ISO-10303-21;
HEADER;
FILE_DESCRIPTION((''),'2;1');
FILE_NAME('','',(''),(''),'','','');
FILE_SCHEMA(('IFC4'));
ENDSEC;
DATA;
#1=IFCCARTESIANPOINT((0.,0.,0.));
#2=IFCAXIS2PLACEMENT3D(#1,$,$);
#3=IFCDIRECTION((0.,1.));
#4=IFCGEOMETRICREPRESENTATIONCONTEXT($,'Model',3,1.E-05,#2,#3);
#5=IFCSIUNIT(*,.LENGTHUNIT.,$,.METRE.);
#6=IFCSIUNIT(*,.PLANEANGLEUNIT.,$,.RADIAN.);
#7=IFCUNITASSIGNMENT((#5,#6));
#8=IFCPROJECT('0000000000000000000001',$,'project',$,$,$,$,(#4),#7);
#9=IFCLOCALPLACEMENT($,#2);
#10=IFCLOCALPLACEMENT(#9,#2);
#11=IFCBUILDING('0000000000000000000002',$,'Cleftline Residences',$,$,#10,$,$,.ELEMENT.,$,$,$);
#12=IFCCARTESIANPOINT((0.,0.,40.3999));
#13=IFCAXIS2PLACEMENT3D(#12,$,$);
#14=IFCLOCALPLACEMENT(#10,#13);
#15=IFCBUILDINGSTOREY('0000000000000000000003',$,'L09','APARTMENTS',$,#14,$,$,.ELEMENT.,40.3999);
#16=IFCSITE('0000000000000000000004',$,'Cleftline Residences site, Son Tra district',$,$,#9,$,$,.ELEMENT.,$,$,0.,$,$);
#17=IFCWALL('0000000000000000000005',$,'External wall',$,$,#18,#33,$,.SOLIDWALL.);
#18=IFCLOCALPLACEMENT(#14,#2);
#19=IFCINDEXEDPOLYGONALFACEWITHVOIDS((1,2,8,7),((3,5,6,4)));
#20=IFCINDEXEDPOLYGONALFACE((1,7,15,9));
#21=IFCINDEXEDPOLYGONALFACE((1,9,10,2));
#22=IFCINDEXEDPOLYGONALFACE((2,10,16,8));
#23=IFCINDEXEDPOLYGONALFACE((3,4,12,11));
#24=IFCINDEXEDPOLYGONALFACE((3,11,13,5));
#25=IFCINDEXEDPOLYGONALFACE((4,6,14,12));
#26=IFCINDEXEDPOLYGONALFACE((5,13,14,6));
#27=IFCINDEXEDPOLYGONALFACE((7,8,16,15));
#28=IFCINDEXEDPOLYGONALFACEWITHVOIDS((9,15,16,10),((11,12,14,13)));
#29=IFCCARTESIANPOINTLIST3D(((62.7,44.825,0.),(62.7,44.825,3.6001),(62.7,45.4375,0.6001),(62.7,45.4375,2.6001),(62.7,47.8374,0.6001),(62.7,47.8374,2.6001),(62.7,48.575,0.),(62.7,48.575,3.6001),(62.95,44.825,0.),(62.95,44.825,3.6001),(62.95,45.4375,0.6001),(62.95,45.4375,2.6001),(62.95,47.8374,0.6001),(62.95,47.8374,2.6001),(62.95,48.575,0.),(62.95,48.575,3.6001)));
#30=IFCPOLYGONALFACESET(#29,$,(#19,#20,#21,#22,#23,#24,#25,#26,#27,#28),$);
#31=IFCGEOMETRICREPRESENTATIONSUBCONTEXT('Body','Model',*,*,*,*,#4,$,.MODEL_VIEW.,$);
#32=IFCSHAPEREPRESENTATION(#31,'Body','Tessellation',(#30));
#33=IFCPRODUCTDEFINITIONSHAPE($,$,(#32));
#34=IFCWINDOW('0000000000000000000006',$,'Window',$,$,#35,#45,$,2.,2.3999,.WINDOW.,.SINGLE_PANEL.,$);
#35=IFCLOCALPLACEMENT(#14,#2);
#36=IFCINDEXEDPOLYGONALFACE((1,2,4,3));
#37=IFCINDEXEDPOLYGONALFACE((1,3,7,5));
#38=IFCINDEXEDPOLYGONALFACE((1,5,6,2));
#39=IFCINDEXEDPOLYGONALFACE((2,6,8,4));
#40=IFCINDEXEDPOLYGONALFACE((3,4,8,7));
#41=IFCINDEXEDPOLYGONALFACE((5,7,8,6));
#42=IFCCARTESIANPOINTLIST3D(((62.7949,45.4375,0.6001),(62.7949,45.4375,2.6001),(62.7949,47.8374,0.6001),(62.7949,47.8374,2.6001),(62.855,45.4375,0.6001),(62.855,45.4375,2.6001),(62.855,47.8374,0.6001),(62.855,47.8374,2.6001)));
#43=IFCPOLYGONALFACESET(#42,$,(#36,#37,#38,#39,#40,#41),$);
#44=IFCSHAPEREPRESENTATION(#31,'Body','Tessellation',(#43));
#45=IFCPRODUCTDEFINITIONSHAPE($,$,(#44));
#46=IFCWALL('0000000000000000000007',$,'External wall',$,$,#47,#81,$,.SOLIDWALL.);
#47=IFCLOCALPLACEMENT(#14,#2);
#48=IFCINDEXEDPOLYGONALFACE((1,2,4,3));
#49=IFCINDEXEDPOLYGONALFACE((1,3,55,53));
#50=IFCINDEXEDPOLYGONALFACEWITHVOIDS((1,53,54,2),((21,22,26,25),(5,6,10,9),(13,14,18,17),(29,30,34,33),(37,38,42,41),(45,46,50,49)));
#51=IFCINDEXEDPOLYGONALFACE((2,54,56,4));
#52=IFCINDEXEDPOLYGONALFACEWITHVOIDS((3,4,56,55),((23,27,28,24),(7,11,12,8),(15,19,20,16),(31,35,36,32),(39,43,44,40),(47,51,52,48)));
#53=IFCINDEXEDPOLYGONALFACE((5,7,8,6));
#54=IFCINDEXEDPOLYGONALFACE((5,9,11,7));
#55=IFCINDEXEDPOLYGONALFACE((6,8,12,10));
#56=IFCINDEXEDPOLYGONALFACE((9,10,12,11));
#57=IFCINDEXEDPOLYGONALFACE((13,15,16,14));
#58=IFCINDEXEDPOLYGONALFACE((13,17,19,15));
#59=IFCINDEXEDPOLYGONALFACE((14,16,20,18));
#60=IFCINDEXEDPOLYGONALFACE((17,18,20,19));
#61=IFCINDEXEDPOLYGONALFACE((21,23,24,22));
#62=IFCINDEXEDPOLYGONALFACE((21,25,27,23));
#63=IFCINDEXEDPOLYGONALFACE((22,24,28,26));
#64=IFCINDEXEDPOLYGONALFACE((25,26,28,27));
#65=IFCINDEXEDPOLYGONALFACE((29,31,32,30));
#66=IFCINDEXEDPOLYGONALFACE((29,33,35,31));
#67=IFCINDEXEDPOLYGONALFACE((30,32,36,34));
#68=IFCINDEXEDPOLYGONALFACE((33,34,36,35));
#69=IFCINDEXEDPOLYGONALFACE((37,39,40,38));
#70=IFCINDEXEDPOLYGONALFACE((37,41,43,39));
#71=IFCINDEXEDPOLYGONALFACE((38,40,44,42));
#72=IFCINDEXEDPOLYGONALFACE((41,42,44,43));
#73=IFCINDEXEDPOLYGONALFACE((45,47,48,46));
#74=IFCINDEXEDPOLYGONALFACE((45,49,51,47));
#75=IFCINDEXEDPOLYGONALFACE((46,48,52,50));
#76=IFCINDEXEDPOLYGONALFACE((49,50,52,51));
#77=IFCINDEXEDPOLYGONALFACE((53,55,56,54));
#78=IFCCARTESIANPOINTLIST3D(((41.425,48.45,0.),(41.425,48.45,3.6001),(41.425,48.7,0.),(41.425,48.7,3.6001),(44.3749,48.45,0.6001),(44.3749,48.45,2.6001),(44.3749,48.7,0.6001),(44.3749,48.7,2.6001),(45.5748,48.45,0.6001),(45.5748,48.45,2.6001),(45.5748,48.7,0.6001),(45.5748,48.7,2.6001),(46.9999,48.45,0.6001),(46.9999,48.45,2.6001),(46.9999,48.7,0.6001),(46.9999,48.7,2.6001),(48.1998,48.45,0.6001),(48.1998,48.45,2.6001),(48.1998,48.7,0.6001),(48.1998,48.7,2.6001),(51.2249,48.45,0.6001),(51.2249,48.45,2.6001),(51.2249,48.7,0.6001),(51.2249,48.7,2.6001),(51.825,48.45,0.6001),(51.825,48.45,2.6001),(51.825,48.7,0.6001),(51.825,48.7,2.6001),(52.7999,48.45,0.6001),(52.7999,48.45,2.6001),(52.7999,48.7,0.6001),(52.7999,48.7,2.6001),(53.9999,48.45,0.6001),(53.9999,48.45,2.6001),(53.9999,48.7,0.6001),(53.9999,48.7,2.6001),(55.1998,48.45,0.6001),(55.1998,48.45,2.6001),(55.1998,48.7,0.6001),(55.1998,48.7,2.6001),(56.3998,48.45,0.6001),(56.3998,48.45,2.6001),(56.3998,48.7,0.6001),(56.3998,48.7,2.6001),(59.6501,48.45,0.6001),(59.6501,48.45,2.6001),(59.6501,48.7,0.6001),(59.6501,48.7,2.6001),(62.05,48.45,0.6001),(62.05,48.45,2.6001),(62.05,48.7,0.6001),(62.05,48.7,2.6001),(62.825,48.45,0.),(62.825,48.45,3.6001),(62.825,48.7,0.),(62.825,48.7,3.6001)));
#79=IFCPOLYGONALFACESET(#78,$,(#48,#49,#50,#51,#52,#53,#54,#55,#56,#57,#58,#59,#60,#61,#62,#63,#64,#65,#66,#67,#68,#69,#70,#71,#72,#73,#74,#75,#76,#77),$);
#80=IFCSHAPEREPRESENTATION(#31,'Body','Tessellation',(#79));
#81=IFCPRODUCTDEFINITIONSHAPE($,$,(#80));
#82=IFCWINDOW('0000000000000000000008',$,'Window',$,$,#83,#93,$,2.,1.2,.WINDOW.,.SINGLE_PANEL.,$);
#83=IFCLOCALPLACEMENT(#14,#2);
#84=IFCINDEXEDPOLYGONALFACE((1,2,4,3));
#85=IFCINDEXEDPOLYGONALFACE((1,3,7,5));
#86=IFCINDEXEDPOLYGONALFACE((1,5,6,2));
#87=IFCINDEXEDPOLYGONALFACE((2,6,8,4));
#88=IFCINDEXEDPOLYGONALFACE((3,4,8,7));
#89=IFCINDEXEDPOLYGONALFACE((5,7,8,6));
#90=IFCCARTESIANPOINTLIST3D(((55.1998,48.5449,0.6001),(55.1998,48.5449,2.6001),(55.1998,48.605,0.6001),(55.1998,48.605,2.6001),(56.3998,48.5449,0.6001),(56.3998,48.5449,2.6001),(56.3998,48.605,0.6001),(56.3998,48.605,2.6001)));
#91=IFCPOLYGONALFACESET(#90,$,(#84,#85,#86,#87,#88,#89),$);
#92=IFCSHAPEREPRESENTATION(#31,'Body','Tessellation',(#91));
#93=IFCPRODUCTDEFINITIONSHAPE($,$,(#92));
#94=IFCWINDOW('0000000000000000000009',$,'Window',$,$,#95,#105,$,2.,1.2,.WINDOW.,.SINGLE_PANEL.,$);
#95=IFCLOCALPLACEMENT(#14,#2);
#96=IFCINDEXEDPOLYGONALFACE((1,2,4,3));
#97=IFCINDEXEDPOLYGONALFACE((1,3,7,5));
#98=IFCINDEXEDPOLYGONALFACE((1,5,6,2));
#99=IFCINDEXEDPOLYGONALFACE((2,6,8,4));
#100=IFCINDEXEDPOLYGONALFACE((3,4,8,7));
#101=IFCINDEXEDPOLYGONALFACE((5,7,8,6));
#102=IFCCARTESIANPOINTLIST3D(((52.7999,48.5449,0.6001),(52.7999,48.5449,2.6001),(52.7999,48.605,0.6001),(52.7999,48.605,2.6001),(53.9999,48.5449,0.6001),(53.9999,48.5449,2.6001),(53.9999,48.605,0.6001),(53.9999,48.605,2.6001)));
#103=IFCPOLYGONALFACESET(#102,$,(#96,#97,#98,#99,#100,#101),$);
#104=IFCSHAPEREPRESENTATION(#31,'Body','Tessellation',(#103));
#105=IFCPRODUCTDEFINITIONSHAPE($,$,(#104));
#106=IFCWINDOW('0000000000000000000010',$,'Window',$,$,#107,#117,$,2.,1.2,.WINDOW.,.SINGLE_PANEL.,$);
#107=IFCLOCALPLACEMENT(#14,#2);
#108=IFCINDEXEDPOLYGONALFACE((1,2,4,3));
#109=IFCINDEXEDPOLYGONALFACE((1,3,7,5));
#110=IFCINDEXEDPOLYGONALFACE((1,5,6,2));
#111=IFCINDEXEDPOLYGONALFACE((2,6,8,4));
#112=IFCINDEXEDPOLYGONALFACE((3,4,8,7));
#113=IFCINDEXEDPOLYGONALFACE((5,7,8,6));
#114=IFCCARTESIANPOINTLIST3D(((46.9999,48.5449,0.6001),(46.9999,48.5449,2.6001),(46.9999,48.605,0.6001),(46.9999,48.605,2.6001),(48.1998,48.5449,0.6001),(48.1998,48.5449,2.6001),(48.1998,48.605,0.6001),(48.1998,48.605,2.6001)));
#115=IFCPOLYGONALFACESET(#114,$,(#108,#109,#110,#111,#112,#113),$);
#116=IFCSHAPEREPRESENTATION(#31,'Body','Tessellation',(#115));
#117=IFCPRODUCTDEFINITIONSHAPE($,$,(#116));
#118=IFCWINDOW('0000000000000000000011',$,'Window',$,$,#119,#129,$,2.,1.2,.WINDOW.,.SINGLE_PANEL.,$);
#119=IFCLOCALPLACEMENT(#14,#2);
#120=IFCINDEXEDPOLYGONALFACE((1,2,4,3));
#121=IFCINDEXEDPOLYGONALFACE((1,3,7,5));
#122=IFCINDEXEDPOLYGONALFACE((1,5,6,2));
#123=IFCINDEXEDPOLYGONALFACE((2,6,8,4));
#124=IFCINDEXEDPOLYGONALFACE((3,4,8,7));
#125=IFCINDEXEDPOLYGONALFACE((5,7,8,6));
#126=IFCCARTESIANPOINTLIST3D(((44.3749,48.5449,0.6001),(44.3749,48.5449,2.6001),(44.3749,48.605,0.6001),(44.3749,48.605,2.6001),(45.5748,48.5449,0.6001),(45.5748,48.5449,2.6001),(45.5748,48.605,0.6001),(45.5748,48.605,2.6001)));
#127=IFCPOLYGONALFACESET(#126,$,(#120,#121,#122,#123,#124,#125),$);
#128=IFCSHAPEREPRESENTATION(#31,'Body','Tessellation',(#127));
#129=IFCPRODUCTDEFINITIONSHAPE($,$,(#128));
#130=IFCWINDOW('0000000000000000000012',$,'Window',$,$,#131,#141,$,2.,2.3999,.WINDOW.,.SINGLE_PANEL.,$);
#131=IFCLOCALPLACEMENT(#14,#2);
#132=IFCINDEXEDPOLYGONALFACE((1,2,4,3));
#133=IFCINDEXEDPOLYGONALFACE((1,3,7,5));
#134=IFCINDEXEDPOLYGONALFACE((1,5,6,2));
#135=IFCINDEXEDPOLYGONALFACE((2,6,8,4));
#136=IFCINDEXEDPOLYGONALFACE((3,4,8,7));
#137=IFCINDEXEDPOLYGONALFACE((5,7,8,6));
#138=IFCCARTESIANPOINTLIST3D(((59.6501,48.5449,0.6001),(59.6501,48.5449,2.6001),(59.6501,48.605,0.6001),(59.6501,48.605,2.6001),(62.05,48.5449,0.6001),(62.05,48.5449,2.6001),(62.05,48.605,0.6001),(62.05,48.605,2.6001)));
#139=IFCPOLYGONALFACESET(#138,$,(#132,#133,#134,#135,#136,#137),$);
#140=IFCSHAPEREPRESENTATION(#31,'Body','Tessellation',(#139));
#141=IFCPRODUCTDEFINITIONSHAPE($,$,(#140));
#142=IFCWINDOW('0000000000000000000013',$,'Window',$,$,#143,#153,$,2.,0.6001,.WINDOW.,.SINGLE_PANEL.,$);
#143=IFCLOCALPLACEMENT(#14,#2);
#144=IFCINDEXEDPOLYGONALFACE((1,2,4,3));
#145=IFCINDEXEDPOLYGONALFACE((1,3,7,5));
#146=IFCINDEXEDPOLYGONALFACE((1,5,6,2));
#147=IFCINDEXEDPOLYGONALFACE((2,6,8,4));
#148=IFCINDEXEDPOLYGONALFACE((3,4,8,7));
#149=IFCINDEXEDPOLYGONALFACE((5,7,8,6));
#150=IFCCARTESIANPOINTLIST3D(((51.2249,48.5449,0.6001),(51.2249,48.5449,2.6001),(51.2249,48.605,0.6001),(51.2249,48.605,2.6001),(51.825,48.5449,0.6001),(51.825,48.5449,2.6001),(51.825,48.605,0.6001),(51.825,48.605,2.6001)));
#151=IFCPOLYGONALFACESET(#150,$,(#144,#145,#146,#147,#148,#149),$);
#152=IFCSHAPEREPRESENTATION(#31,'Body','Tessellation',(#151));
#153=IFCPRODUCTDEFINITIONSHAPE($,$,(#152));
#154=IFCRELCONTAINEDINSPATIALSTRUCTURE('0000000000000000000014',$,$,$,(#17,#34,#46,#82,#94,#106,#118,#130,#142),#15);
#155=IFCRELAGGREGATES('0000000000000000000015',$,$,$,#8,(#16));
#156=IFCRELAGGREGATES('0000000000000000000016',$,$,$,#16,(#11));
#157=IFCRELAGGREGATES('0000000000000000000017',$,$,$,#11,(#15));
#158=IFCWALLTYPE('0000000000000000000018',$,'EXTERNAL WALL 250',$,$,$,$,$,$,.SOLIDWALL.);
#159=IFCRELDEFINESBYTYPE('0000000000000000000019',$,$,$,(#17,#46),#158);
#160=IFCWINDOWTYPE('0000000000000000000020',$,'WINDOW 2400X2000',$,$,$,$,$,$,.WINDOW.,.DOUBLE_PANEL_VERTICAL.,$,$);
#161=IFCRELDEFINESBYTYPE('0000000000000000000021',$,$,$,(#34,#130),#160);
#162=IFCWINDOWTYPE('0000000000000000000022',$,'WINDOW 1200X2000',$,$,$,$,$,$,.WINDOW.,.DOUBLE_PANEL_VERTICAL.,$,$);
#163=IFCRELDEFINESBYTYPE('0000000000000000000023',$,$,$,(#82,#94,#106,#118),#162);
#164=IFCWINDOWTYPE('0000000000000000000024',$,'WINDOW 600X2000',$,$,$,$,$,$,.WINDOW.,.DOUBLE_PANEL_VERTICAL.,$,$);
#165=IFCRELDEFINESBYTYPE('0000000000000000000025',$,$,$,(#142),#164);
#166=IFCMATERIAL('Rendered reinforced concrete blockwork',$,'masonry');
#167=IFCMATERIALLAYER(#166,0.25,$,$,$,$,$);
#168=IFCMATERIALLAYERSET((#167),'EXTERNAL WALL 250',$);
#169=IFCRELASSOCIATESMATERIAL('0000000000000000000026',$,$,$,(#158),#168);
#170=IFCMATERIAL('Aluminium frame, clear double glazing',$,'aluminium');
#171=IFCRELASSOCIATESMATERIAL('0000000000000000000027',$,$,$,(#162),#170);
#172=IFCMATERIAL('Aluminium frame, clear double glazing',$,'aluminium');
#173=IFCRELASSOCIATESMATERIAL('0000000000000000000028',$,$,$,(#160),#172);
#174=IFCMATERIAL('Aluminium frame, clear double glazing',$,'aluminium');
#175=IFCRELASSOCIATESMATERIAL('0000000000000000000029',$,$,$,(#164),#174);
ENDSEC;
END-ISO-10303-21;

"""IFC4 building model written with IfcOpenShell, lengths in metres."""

from ifc_helpers import new_model, si_unit, direction, frame, frame_2d, origin, place, context, subcontext, project, spatial, rectangle, extrude, material, layer, layer_set, type_object, element, fill, save


model = new_model("IFC4")

# Units and contexts
model_context = context("Model", 3, precision=1e-05, world=origin(), true_north=direction((0.0, 1.0)))
body_context = subcontext(model_context, "Body", "Model", "MODEL_VIEW")
ifc_project = project(units=[si_unit("LENGTHUNIT", "METRE"), si_unit("PLANEANGLEUNIT", "RADIAN")], contexts=[model_context])

# Site, building, storey
site_placement = place(None, origin())
site = spatial("IfcSite", under=ifc_project, at=site_placement, Name="Cleftline Residences site, Son Tra district", CompositionType="ELEMENT", RefElevation=0.0)
building_placement = place(site_placement, origin())
building = spatial("IfcBuilding", under=site, at=building_placement, Name="Cleftline Residences", CompositionType="ELEMENT")
storey_placement = place(building_placement, frame((0.0, 0.0, 40.3999)))
storey = spatial("IfcBuildingStorey", under=building, at=storey_placement, Name="L09", Description="APARTMENTS", CompositionType="ELEMENT", Elevation=40.3999)

# Shared definitions
ifc_material_1 = material(Name="Rendered reinforced concrete blockwork", Category="masonry")
ifc_layer_1 = layer(ifc_material_1, 0.25)
ifc_layer_set_1 = layer_set([ifc_layer_1], Name="EXTERNAL WALL 250")
wall_type_1 = type_object("IfcWallType", Name="EXTERNAL WALL 250", PredefinedType="SOLIDWALL", material=ifc_layer_set_1)
ifc_material_2 = material(Name="Aluminium frame, clear double glazing", Category="aluminium")
window_type_1 = type_object("IfcWindowType", Name="WINDOW 1200X2000", PartitioningType="DOUBLE_PANEL_VERTICAL", PredefinedType="WINDOW", material=ifc_material_2)

# Wall, opening, window
wall_1_placement = place(storey_placement, frame((62.825, 44.825, 0.0), z_axis=(0.0, 0.0, 1.0), x_axis=(0.0, 1.0, 0.0)))
wall_1 = element("IfcWall", 1, at=wall_1_placement, inside=storey, type_object=wall_type_1, Name="External wall", PredefinedType="SOLIDWALL", context=body_context, shape_type="SweptSolid", body=[
    extrude(rectangle(XDim=3.75, YDim=0.25, at=frame_2d((1.875, 0.0))), origin(), (0.0, 0.0, 1.0), 3.6001),
])
opening_1_placement = place(wall_1_placement, frame((0.6125, 0.0, 0.6001)))
opening_1 = element("IfcOpeningElement", 2, at=opening_1_placement, cuts=wall_1, PredefinedType="OPENING", context=body_context, shape_type="SweptSolid", body=[
    extrude(rectangle(XDim=2.3999, YDim=2.0, at=frame_2d((1.2, 1.0))), frame((0.0, 0.135, 0.0), z_axis=(0.0, -1.0, 0.0), x_axis=(1.0, 0.0, 0.0)), (0.0, 0.0, 1.0), 0.27),
])
ifc_material_3 = material(Name="Aluminium frame, clear double glazing", Category="aluminium")
window_type_2 = type_object("IfcWindowType", Name="WINDOW 2400X2000", PartitioningType="DOUBLE_PANEL_VERTICAL", PredefinedType="WINDOW", material=ifc_material_3)
window_1_placement = place(opening_1_placement, origin())
window_1 = element("IfcWindow", 3, at=window_1_placement, inside=storey, type_object=window_type_2, Name="Window", OverallHeight=2.0, OverallWidth=2.3999, PartitioningType="SINGLE_PANEL", PredefinedType="WINDOW", context=body_context, shape_type="SweptSolid", body=[
    extrude(rectangle(XDim=2.3999, YDim=2.0, at=frame_2d((1.2, 1.0))), frame((0.0, 0.03, 0.0), z_axis=(0.0, -1.0, 0.0), x_axis=(1.0, 0.0, 0.0)), (0.0, 0.0, 1.0), 0.0601),
])
fill(opening_1, window_1)

# Wall, openings, windows
wall_2_placement = place(storey_placement, frame((62.825, 48.575, 0.0), z_axis=(0.0, 0.0, 1.0), x_axis=(-1.0, 0.0, 0.0)))
wall_2 = element("IfcWall", 4, at=wall_2_placement, inside=storey, type_object=wall_type_1, Name="External wall", PredefinedType="SOLIDWALL", context=body_context, shape_type="SweptSolid", body=[
    extrude(rectangle(XDim=21.3999, YDim=0.25, at=frame_2d((10.7, 0.0))), origin(), (0.0, 0.0, 1.0), 3.6001),
])
opening_2_placement = place(wall_2_placement, frame((0.7749, 0.0, 0.6001)))
opening_2 = element("IfcOpeningElement", 5, at=opening_2_placement, cuts=wall_2, PredefinedType="OPENING", context=body_context, shape_type="SweptSolid", body=[
    extrude(rectangle(XDim=2.3999, YDim=2.0, at=frame_2d((1.2, 1.0))), frame((0.0, 0.135, 0.0), z_axis=(0.0, -1.0, 0.0), x_axis=(1.0, 0.0, 0.0)), (0.0, 0.0, 1.0), 0.27),
])
opening_3_placement = place(wall_2_placement, frame((6.425, 0.0, 0.6001)))
opening_3 = element("IfcOpeningElement", 6, at=opening_3_placement, cuts=wall_2, PredefinedType="OPENING", context=body_context, shape_type="SweptSolid", body=[
    extrude(rectangle(XDim=1.2, YDim=2.0, at=frame_2d((0.6001, 1.0))), frame((0.0, 0.135, 0.0), z_axis=(0.0, -1.0, 0.0), x_axis=(1.0, 0.0, 0.0)), (0.0, 0.0, 1.0), 0.27),
])
opening_4_placement = place(wall_2_placement, frame((8.825, 0.0, 0.6001)))
opening_4 = element("IfcOpeningElement", 7, at=opening_4_placement, cuts=wall_2, PredefinedType="OPENING", context=body_context, shape_type="SweptSolid", body=[
    extrude(rectangle(XDim=1.2, YDim=2.0, at=frame_2d((0.6001, 1.0))), frame((0.0, 0.135, 0.0), z_axis=(0.0, -1.0, 0.0), x_axis=(1.0, 0.0, 0.0)), (0.0, 0.0, 1.0), 0.27),
])
opening_5_placement = place(wall_2_placement, frame((11.0, 0.0, 0.6001)))
opening_5 = element("IfcOpeningElement", 8, at=opening_5_placement, cuts=wall_2, PredefinedType="OPENING", context=body_context, shape_type="SweptSolid", body=[
    extrude(rectangle(XDim=0.6001, YDim=2.0, at=frame_2d((0.3, 1.0))), frame((0.0, 0.135, 0.0), z_axis=(0.0, -1.0, 0.0), x_axis=(1.0, 0.0, 0.0)), (0.0, 0.0, 1.0), 0.27),
])
opening_6_placement = place(wall_2_placement, frame((14.625, 0.0, 0.6001)))
opening_6 = element("IfcOpeningElement", 9, at=opening_6_placement, cuts=wall_2, PredefinedType="OPENING", context=body_context, shape_type="SweptSolid", body=[
    extrude(rectangle(XDim=1.2, YDim=2.0, at=frame_2d((0.6001, 1.0))), frame((0.0, 0.135, 0.0), z_axis=(0.0, -1.0, 0.0), x_axis=(1.0, 0.0, 0.0)), (0.0, 0.0, 1.0), 0.27),
])
opening_7_placement = place(wall_2_placement, frame((17.25, 0.0, 0.6001)))
opening_7 = element("IfcOpeningElement", 10, at=opening_7_placement, cuts=wall_2, PredefinedType="OPENING", context=body_context, shape_type="SweptSolid", body=[
    extrude(rectangle(XDim=1.2, YDim=2.0, at=frame_2d((0.6001, 1.0))), frame((0.0, 0.135, 0.0), z_axis=(0.0, -1.0, 0.0), x_axis=(1.0, 0.0, 0.0)), (0.0, 0.0, 1.0), 0.27),
])
window_2_placement = place(opening_3_placement, origin())
window_2 = element("IfcWindow", 11, at=window_2_placement, inside=storey, type_object=window_type_1, Name="Window", OverallHeight=2.0, OverallWidth=1.2, PartitioningType="SINGLE_PANEL", PredefinedType="WINDOW", context=body_context, shape_type="SweptSolid", body=[
    extrude(rectangle(XDim=1.2, YDim=2.0, at=frame_2d((0.6001, 1.0))), frame((0.0, 0.03, 0.0), z_axis=(0.0, -1.0, 0.0), x_axis=(1.0, 0.0, 0.0)), (0.0, 0.0, 1.0), 0.0601),
])
fill(opening_3, window_2)
window_3_placement = place(opening_4_placement, origin())
window_3 = element("IfcWindow", 12, at=window_3_placement, inside=storey, type_object=window_type_1, Name="Window", OverallHeight=2.0, OverallWidth=1.2, PartitioningType="SINGLE_PANEL", PredefinedType="WINDOW", context=body_context, shape_type="SweptSolid", body=[
    extrude(rectangle(XDim=1.2, YDim=2.0, at=frame_2d((0.6001, 1.0))), frame((0.0, 0.03, 0.0), z_axis=(0.0, -1.0, 0.0), x_axis=(1.0, 0.0, 0.0)), (0.0, 0.0, 1.0), 0.0601),
])
fill(opening_4, window_3)
window_4_placement = place(opening_6_placement, origin())
window_4 = element("IfcWindow", 13, at=window_4_placement, inside=storey, type_object=window_type_1, Name="Window", OverallHeight=2.0, OverallWidth=1.2, PartitioningType="SINGLE_PANEL", PredefinedType="WINDOW", context=body_context, shape_type="SweptSolid", body=[
    extrude(rectangle(XDim=1.2, YDim=2.0, at=frame_2d((0.6001, 1.0))), frame((0.0, 0.03, 0.0), z_axis=(0.0, -1.0, 0.0), x_axis=(1.0, 0.0, 0.0)), (0.0, 0.0, 1.0), 0.0601),
])
fill(opening_6, window_4)
window_5_placement = place(opening_7_placement, origin())
window_5 = element("IfcWindow", 14, at=window_5_placement, inside=storey, type_object=window_type_1, Name="Window", OverallHeight=2.0, OverallWidth=1.2, PartitioningType="SINGLE_PANEL", PredefinedType="WINDOW", context=body_context, shape_type="SweptSolid", body=[
    extrude(rectangle(XDim=1.2, YDim=2.0, at=frame_2d((0.6001, 1.0))), frame((0.0, 0.03, 0.0), z_axis=(0.0, -1.0, 0.0), x_axis=(1.0, 0.0, 0.0)), (0.0, 0.0, 1.0), 0.0601),
])
fill(opening_7, window_5)
window_6_placement = place(opening_2_placement, origin())
window_6 = element("IfcWindow", 15, at=window_6_placement, inside=storey, type_object=window_type_2, Name="Window", OverallHeight=2.0, OverallWidth=2.3999, PartitioningType="SINGLE_PANEL", PredefinedType="WINDOW", context=body_context, shape_type="SweptSolid", body=[
    extrude(rectangle(XDim=2.3999, YDim=2.0, at=frame_2d((1.2, 1.0))), frame((0.0, 0.03, 0.0), z_axis=(0.0, -1.0, 0.0), x_axis=(1.0, 0.0, 0.0)), (0.0, 0.0, 1.0), 0.0601),
])
fill(opening_2, window_6)
ifc_material_4 = material(Name="Aluminium frame, clear double glazing", Category="aluminium")
window_type_3 = type_object("IfcWindowType", Name="WINDOW 600X2000", PartitioningType="DOUBLE_PANEL_VERTICAL", PredefinedType="WINDOW", material=ifc_material_4)
window_7_placement = place(opening_5_placement, origin())
window_7 = element("IfcWindow", 16, at=window_7_placement, inside=storey, type_object=window_type_3, Name="Window", OverallHeight=2.0, OverallWidth=0.6001, PartitioningType="SINGLE_PANEL", PredefinedType="WINDOW", context=body_context, shape_type="SweptSolid", body=[
    extrude(rectangle(XDim=0.6001, YDim=2.0, at=frame_2d((0.3, 1.0))), frame((0.0, 0.03, 0.0), z_axis=(0.0, -1.0, 0.0), x_axis=(1.0, 0.0, 0.0)), (0.0, 0.0, 1.0), 0.0601),
])
fill(opening_5, window_7)

save(model, "model.ifc")
